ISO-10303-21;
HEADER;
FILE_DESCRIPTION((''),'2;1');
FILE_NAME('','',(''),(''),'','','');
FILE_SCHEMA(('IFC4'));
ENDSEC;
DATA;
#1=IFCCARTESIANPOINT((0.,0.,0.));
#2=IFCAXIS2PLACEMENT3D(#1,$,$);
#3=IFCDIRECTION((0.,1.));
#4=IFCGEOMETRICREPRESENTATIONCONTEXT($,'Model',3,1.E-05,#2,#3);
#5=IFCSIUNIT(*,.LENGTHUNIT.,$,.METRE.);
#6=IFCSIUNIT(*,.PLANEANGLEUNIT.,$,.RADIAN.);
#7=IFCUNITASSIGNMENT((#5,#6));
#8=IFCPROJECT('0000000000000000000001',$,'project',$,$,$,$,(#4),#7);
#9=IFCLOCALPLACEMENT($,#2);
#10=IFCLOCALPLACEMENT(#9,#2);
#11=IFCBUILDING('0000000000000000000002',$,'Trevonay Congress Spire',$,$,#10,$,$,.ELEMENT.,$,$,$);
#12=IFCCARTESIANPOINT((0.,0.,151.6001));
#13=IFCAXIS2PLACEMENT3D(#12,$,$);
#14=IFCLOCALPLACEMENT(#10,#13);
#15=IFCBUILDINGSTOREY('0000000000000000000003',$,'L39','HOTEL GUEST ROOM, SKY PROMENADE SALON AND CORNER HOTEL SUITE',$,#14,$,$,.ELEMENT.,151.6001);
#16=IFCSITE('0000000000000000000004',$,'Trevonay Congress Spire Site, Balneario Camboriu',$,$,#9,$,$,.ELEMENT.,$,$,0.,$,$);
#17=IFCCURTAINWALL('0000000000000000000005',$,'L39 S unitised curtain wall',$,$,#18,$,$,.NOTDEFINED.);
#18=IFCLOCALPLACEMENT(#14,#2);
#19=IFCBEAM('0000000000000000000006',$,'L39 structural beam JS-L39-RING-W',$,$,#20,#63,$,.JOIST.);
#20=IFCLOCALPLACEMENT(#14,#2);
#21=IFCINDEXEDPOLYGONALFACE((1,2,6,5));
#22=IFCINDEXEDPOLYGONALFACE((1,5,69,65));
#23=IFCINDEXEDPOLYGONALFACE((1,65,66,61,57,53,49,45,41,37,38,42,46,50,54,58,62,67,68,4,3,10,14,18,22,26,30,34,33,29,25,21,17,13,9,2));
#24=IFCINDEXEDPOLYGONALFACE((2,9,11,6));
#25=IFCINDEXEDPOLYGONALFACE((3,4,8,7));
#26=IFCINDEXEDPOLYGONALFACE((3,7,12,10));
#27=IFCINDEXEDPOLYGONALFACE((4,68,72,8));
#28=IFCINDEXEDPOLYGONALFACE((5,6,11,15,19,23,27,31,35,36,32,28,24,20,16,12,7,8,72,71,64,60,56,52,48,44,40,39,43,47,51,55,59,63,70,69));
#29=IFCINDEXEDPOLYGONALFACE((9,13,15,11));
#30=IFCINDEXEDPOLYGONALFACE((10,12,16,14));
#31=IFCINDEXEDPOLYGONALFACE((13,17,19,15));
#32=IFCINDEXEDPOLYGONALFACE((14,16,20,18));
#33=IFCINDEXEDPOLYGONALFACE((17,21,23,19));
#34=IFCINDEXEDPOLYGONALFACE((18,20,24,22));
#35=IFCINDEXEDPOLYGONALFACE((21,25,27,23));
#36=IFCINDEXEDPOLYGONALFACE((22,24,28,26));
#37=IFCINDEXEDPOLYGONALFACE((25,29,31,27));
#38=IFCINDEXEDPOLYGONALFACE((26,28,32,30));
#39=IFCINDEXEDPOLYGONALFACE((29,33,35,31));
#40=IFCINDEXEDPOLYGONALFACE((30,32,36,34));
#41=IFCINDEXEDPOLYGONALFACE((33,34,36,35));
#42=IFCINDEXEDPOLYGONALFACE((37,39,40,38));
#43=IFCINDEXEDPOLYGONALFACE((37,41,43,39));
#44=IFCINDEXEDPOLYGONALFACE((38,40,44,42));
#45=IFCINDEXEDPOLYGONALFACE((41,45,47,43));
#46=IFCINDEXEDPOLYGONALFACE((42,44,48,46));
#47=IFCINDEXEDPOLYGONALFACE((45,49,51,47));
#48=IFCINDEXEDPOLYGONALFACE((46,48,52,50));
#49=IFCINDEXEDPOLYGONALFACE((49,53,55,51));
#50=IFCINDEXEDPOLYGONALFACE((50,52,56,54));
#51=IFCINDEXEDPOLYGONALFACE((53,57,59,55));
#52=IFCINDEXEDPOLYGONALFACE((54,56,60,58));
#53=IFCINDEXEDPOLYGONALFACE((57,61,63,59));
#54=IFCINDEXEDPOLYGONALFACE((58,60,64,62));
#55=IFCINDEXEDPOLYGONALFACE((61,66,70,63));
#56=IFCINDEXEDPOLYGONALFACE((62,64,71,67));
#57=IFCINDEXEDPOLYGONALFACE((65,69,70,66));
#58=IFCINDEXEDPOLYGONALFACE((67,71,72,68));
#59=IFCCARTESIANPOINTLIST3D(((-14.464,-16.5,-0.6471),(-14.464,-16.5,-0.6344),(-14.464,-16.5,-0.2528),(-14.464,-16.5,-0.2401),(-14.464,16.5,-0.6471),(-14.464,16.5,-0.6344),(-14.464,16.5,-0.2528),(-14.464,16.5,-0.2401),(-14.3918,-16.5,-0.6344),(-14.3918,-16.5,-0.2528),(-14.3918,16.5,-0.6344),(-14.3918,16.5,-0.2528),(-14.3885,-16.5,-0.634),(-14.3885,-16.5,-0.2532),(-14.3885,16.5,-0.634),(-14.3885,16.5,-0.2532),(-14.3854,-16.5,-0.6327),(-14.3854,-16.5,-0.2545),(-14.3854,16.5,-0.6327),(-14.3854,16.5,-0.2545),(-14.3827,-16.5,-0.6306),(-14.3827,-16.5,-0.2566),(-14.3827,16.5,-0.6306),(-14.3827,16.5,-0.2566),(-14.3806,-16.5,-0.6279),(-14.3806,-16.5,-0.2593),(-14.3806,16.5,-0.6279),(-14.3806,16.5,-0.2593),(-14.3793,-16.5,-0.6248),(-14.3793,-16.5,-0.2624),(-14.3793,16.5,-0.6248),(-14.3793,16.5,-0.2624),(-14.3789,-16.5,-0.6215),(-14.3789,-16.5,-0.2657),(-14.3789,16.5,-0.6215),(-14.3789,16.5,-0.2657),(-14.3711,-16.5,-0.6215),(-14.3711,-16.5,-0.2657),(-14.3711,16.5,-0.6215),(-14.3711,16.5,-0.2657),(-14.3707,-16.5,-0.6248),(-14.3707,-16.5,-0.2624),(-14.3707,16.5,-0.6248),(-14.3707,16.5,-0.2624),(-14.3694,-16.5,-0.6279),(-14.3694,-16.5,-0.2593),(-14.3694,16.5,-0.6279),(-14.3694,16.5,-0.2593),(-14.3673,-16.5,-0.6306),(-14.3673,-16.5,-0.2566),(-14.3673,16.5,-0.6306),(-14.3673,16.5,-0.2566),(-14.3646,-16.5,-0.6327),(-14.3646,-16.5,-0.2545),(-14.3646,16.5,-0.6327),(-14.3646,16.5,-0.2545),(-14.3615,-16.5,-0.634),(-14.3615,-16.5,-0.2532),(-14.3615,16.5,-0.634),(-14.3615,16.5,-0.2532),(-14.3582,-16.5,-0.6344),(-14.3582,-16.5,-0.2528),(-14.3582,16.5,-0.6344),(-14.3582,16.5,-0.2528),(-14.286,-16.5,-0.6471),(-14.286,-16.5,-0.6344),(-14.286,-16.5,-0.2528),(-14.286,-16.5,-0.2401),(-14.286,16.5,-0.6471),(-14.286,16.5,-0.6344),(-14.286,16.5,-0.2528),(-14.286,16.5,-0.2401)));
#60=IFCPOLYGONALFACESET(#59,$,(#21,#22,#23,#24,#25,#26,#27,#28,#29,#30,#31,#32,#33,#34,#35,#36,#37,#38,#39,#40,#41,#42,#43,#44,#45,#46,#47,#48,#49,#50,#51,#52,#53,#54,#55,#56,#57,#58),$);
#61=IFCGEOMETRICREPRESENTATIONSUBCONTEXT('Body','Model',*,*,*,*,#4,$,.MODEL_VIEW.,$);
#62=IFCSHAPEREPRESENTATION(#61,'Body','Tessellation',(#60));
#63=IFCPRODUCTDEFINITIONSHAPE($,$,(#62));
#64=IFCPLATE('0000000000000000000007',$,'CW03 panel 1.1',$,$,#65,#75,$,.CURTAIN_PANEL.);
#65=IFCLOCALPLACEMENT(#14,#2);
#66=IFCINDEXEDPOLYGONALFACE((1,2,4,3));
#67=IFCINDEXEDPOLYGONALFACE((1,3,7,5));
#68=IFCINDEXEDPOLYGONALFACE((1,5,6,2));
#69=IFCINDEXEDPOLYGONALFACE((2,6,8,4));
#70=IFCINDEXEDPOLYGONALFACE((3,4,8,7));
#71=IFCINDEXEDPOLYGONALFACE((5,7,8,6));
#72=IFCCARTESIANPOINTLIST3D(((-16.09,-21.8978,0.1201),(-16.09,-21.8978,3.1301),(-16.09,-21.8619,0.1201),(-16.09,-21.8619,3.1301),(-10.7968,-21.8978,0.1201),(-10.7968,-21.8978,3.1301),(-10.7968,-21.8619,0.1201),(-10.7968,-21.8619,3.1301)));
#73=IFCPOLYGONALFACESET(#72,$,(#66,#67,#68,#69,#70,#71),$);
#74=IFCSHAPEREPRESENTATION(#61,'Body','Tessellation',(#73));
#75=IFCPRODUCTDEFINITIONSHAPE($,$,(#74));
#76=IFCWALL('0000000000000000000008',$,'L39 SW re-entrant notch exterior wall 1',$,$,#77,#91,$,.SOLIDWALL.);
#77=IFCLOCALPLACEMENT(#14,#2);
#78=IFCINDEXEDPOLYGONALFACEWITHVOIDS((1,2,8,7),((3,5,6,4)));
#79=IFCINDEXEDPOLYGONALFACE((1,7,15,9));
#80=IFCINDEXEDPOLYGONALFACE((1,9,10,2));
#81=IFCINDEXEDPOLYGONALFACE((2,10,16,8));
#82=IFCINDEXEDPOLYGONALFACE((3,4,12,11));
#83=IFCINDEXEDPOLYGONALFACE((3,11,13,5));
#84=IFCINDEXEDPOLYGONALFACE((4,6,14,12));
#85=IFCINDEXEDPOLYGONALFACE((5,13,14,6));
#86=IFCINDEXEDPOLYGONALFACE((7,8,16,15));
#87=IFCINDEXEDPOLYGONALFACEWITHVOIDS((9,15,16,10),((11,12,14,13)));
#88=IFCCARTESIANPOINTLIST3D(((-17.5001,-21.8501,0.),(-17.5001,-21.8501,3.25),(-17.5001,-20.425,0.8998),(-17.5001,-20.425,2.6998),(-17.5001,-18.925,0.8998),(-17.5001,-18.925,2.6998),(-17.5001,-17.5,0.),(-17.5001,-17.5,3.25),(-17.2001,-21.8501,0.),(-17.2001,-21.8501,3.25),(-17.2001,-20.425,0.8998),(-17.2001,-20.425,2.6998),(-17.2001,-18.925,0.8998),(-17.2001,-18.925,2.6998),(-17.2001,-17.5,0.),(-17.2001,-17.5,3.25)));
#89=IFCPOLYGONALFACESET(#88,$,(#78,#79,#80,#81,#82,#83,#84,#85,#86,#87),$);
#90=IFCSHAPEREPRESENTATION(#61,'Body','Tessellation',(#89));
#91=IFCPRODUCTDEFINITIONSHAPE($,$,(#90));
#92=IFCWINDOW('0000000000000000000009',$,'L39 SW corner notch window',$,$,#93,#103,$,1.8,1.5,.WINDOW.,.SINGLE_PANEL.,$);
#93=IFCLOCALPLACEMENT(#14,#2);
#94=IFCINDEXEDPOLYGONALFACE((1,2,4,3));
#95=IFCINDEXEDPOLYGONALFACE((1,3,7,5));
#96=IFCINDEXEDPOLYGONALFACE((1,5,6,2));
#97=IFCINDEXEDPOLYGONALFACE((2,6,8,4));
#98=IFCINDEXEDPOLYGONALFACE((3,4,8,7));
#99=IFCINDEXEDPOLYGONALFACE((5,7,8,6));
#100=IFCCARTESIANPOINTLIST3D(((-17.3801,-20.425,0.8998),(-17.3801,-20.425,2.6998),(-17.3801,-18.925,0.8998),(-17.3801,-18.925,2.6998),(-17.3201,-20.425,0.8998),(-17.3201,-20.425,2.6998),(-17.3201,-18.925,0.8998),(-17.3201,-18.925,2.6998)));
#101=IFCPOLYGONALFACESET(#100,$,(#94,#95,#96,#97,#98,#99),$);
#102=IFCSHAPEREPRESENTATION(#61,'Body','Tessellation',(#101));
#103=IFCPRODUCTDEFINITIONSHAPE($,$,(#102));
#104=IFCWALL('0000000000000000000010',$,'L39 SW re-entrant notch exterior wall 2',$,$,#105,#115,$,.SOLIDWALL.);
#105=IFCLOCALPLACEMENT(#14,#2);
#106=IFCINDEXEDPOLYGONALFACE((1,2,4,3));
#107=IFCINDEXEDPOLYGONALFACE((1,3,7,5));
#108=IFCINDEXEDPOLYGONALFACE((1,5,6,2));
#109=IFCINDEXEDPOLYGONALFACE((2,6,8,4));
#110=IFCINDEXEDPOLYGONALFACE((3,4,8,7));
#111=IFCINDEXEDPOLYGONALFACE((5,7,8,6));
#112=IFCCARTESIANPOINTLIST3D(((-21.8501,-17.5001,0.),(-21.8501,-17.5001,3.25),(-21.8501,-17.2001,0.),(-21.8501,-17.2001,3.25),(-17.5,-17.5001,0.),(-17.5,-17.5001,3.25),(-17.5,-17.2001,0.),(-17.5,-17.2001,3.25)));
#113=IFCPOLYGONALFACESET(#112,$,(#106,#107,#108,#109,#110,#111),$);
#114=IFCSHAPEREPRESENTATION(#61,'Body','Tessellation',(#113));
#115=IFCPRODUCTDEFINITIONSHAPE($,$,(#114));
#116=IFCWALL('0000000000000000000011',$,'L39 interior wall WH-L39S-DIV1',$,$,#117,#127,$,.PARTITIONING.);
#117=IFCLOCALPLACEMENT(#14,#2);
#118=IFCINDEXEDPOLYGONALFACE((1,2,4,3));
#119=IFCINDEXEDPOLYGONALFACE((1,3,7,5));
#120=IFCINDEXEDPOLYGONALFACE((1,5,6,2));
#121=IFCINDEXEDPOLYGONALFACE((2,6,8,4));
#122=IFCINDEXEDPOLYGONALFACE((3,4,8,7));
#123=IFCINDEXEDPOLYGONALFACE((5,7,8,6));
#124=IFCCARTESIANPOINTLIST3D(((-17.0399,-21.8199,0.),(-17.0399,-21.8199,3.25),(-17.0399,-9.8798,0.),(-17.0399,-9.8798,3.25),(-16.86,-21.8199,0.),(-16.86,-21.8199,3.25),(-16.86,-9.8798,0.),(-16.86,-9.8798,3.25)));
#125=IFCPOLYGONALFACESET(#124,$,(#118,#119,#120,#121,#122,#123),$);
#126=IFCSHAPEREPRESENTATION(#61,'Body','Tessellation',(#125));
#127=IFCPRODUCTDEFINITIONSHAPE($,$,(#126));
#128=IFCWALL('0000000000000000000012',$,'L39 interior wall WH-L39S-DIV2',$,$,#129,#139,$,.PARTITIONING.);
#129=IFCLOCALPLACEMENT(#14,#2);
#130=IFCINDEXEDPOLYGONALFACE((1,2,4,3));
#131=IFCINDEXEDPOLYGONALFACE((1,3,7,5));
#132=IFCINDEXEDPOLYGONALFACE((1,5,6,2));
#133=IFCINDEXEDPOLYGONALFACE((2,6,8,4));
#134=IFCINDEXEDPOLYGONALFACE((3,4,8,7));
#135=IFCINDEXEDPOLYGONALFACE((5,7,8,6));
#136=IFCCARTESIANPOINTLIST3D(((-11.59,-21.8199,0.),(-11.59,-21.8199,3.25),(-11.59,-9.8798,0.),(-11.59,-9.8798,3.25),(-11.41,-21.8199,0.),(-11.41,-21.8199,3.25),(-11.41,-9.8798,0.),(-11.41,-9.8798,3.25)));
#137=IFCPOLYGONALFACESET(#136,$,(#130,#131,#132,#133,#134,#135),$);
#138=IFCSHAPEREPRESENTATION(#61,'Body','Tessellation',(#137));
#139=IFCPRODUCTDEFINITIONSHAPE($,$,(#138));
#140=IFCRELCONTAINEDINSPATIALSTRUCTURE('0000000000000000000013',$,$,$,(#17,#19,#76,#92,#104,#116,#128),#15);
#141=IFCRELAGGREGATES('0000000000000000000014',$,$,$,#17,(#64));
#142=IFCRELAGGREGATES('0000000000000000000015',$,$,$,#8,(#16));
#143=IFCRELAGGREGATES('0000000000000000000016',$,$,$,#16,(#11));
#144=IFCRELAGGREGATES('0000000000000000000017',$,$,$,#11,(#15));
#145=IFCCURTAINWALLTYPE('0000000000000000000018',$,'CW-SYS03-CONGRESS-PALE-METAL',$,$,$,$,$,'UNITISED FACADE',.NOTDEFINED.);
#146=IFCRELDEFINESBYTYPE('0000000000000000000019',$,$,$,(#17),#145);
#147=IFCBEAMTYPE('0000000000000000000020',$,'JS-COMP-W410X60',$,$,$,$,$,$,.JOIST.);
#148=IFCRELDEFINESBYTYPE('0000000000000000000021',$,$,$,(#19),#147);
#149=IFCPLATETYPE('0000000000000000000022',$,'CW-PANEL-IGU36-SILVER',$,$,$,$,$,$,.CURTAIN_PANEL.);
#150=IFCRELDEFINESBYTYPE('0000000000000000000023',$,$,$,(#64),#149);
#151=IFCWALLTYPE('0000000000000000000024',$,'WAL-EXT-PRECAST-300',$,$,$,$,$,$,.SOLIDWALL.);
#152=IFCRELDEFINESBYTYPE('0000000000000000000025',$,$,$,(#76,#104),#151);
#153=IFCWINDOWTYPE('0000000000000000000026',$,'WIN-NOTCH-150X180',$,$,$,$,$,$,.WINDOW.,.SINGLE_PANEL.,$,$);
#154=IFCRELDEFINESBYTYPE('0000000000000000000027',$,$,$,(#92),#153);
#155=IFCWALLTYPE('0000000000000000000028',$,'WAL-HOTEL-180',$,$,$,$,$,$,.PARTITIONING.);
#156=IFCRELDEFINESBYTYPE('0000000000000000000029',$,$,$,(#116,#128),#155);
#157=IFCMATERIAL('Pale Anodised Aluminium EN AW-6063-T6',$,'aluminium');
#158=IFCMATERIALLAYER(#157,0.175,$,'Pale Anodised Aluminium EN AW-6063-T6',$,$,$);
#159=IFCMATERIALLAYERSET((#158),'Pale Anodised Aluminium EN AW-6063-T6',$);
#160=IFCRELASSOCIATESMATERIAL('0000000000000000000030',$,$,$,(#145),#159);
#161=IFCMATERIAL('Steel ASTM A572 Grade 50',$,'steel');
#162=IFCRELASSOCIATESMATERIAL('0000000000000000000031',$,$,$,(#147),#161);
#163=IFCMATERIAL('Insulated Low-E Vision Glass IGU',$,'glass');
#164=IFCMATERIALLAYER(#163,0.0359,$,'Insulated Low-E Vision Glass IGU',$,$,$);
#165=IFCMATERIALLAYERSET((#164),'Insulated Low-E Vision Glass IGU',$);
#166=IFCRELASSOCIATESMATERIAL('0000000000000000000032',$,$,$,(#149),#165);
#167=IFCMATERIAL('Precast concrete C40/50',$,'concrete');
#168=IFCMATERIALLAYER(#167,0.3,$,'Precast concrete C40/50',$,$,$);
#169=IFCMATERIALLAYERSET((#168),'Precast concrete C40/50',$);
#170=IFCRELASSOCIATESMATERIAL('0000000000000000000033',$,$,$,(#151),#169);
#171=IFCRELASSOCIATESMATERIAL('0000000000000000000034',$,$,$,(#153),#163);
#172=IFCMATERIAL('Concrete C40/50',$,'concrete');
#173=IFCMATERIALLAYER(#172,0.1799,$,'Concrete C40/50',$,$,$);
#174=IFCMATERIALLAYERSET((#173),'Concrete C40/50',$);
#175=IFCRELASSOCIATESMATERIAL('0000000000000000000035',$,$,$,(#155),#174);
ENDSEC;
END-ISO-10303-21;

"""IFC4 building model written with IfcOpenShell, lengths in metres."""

from ifc_helpers import new_model, si_unit, direction, frame, frame_2d, origin, origin_2d, place, context, subcontext, project, spatial, rectangle, i_section, extrude, material, layer, layer_set, material_profile, profile_set, type_object, element, fill, aggregate, save


model = new_model("IFC4")

# Units and contexts
model_context = context("Model", 3, precision=1e-05, world=origin(), true_north=direction((0.0, 1.0)))
body_context = subcontext(model_context, "Body", "Model", "MODEL_VIEW")
ifc_project = project(units=[si_unit("LENGTHUNIT", "METRE"), si_unit("PLANEANGLEUNIT", "RADIAN")], contexts=[model_context])

# Site, building, storey
site_placement = place(None, origin())
site = spatial("IfcSite", under=ifc_project, at=site_placement, Name="Trevonay Congress Spire Site, Balneario Camboriu", CompositionType="ELEMENT", RefElevation=0.0)
building_placement = place(site_placement, origin())
building = spatial("IfcBuilding", under=site, at=building_placement, Name="Trevonay Congress Spire", CompositionType="ELEMENT")
storey_placement = place(building_placement, frame((0.0, 0.0, 151.6001)))
storey = spatial("IfcBuildingStorey", under=building, at=storey_placement, Name="L39", Description="HOTEL GUEST ROOM, SKY PROMENADE SALON AND CORNER HOTEL SUITE", CompositionType="ELEMENT", Elevation=151.6001)

# Shared definitions
ifc_material_1 = material(Name="Steel ASTM A572 Grade 50", Category="steel")

# Curtain wall
ifc_material_2 = material(Name="Pale Anodised Aluminium EN AW-6063-T6", Category="aluminium")
ifc_layer_1 = layer(ifc_material_2, 0.175, Name="Pale Anodised Aluminium EN AW-6063-T6")
ifc_layer_set_1 = layer_set([ifc_layer_1], Name="Pale Anodised Aluminium EN AW-6063-T6")
curtain_wall_type = type_object("IfcCurtainWallType", Name="CW-SYS03-CONGRESS-PALE-METAL", ElementType="UNITISED FACADE", PredefinedType="NOTDEFINED", material=ifc_layer_set_1)
curtain_wall_1_placement = place(storey_placement, origin())
curtain_wall_1 = element("IfcCurtainWall", 1, at=curtain_wall_1_placement, inside=storey, type_object=curtain_wall_type, Name="L39 S unitised curtain wall", PredefinedType="NOTDEFINED")

# Beam
ifc_material_profile_1 = material_profile(ifc_material_1, i_section(OverallWidth=0.178, OverallDepth=0.407, WebThickness=0.0078, FlangeThickness=0.0127, FilletRadius=0.0129, at=origin_2d()), Name="W410x60")
ifc_profile_set_1 = profile_set([ifc_material_profile_1], Name="Steel ASTM A572 Grade 50")
beam_type_1 = type_object("IfcBeamType", Name="JS-COMP-W410X60", PredefinedType="JOIST", material=ifc_profile_set_1)
beam_placement = place(storey_placement, frame((-14.375, -16.5, -0.4436), z_axis=(0.0, 1.0, 0.0), x_axis=(-1.0, 0.0, 0.0)))
element("IfcBeam", 2, at=beam_placement, inside=storey, type_object=beam_type_1, Name="L39 structural beam JS-L39-RING-W", PredefinedType="JOIST", context=body_context, shape_type="SweptSolid", body=[
    extrude(i_section(OverallWidth=0.178, OverallDepth=0.407, WebThickness=0.0078, FlangeThickness=0.0127, FilletRadius=0.0129, at=origin_2d()), origin(), (0.0, 0.0, 1.0), 33.0),
])

# Plate
ifc_material_3 = material(Name="Insulated Low-E Vision Glass IGU", Category="glass")
ifc_layer_2 = layer(ifc_material_3, 0.0359, Name="Insulated Low-E Vision Glass IGU")
ifc_layer_set_2 = layer_set([ifc_layer_2], Name="Insulated Low-E Vision Glass IGU")
plate_type = type_object("IfcPlateType", Name="CW-PANEL-IGU36-SILVER", PredefinedType="CURTAIN_PANEL", material=ifc_layer_set_2)
plate_placement = place(storey_placement, frame((-13.4434, -21.8799, 0.1201), z_axis=(0.0, 0.0, 1.0), x_axis=(1.0, 0.0, 0.0)))
plate = element("IfcPlate", 3, at=plate_placement, type_object=plate_type, Name="CW03 panel 1.1", PredefinedType="CURTAIN_PANEL", context=body_context, shape_type="SweptSolid", body=[
    extrude(rectangle(XDim=5.2932, YDim=0.0359, at=origin_2d()), origin(), (0.0, 0.0, 1.0), 3.01),
])
aggregate(curtain_wall_1, [plate])

# Wall, opening, window
ifc_material_4 = material(Name="Precast concrete C40/50", Category="concrete")
ifc_layer_3 = layer(ifc_material_4, 0.3, Name="Precast concrete C40/50")
ifc_layer_set_3 = layer_set([ifc_layer_3], Name="Precast concrete C40/50")
wall_type_1 = type_object("IfcWallType", Name="WAL-EXT-PRECAST-300", PredefinedType="SOLIDWALL", material=ifc_layer_set_3)
wall_1_placement = place(storey_placement, frame((-17.3501, -21.8501, 0.0), z_axis=(0.0, 0.0, 1.0), x_axis=(0.0, 1.0, 0.0)))
wall_1 = element("IfcWall", 4, at=wall_1_placement, inside=storey, type_object=wall_type_1, Name="L39 SW re-entrant notch exterior wall 1", PredefinedType="SOLIDWALL", context=body_context, shape_type="SweptSolid", body=[
    extrude(rectangle(XDim=4.3501, YDim=0.3, at=frame_2d((2.175, 0.0))), origin(), (0.0, 0.0, 1.0), 3.25),
])
opening_placement = place(wall_1_placement, frame((1.425, 0.0, 0.8999)))
opening = element("IfcOpeningElement", 5, at=opening_placement, cuts=wall_1, PredefinedType="OPENING", context=body_context, shape_type="SweptSolid", body=[
    extrude(rectangle(XDim=1.5, YDim=1.8, at=frame_2d((0.75, 0.8999))), frame((0.0, 0.1602, 0.0), z_axis=(0.0, -1.0, 0.0), x_axis=(1.0, 0.0, 0.0)), (0.0, 0.0, 1.0), 0.3201),
])
window_type = type_object("IfcWindowType", Name="WIN-NOTCH-150X180", PartitioningType="SINGLE_PANEL", PredefinedType="WINDOW", material=ifc_material_3)
window_placement = place(opening_placement, origin())
window = element("IfcWindow", 6, at=window_placement, inside=storey, type_object=window_type, Name="L39 SW corner notch window", OverallHeight=1.8, OverallWidth=1.5, PartitioningType="SINGLE_PANEL", PredefinedType="WINDOW", context=body_context, shape_type="SweptSolid", body=[
    extrude(rectangle(XDim=1.5, YDim=1.8, at=frame_2d((0.75, 0.8999))), frame((0.0, 0.03, 0.0), z_axis=(0.0, -1.0, 0.0), x_axis=(1.0, 0.0, 0.0)), (0.0, 0.0, 1.0), 0.0601),
])
fill(opening, window)

# Walls
wall_2_placement = place(storey_placement, frame((-21.8501, -17.3501, 0.0), z_axis=(0.0, 0.0, 1.0), x_axis=(1.0, 0.0, 0.0)))
element("IfcWall", 7, at=wall_2_placement, inside=storey, type_object=wall_type_1, Name="L39 SW re-entrant notch exterior wall 2", PredefinedType="SOLIDWALL", context=body_context, shape_type="SweptSolid", body=[
    extrude(rectangle(XDim=4.3501, YDim=0.3, at=frame_2d((2.175, 0.0))), origin(), (0.0, 0.0, 1.0), 3.25),
])
ifc_material_5 = material(Name="Concrete C40/50", Category="concrete")
ifc_layer_4 = layer(ifc_material_5, 0.1799, Name="Concrete C40/50")
ifc_layer_set_4 = layer_set([ifc_layer_4], Name="Concrete C40/50")
wall_type_2 = type_object("IfcWallType", Name="WAL-HOTEL-180", PredefinedType="PARTITIONING", material=ifc_layer_set_4)
for number, where, z_axis, x_axis, name in (
    (8, (-16.95, -21.8201, 0.0), (0.0, 0.0, 1.0), (0.0, 1.0, 0.0), "L39 interior wall WH-L39S-DIV1"),
    (9, (-11.5, -21.8201, 0.0), (0.0, 0.0, 1.0), (0.0, 1.0, 0.0), "L39 interior wall WH-L39S-DIV2"),
):
    element("IfcWall", number, at=place(storey_placement, frame(where, z_axis=z_axis, x_axis=x_axis)), inside=storey, type_object=wall_type_2, Name=name, PredefinedType="PARTITIONING", context=body_context, shape_type="SweptSolid", body=[
        extrude(rectangle(XDim=11.9402, YDim=0.1799, at=frame_2d((5.9702, 0.0))), origin(), (0.0, 0.0, 1.0), 3.25),
    ])

save(model, "model.ifc")
